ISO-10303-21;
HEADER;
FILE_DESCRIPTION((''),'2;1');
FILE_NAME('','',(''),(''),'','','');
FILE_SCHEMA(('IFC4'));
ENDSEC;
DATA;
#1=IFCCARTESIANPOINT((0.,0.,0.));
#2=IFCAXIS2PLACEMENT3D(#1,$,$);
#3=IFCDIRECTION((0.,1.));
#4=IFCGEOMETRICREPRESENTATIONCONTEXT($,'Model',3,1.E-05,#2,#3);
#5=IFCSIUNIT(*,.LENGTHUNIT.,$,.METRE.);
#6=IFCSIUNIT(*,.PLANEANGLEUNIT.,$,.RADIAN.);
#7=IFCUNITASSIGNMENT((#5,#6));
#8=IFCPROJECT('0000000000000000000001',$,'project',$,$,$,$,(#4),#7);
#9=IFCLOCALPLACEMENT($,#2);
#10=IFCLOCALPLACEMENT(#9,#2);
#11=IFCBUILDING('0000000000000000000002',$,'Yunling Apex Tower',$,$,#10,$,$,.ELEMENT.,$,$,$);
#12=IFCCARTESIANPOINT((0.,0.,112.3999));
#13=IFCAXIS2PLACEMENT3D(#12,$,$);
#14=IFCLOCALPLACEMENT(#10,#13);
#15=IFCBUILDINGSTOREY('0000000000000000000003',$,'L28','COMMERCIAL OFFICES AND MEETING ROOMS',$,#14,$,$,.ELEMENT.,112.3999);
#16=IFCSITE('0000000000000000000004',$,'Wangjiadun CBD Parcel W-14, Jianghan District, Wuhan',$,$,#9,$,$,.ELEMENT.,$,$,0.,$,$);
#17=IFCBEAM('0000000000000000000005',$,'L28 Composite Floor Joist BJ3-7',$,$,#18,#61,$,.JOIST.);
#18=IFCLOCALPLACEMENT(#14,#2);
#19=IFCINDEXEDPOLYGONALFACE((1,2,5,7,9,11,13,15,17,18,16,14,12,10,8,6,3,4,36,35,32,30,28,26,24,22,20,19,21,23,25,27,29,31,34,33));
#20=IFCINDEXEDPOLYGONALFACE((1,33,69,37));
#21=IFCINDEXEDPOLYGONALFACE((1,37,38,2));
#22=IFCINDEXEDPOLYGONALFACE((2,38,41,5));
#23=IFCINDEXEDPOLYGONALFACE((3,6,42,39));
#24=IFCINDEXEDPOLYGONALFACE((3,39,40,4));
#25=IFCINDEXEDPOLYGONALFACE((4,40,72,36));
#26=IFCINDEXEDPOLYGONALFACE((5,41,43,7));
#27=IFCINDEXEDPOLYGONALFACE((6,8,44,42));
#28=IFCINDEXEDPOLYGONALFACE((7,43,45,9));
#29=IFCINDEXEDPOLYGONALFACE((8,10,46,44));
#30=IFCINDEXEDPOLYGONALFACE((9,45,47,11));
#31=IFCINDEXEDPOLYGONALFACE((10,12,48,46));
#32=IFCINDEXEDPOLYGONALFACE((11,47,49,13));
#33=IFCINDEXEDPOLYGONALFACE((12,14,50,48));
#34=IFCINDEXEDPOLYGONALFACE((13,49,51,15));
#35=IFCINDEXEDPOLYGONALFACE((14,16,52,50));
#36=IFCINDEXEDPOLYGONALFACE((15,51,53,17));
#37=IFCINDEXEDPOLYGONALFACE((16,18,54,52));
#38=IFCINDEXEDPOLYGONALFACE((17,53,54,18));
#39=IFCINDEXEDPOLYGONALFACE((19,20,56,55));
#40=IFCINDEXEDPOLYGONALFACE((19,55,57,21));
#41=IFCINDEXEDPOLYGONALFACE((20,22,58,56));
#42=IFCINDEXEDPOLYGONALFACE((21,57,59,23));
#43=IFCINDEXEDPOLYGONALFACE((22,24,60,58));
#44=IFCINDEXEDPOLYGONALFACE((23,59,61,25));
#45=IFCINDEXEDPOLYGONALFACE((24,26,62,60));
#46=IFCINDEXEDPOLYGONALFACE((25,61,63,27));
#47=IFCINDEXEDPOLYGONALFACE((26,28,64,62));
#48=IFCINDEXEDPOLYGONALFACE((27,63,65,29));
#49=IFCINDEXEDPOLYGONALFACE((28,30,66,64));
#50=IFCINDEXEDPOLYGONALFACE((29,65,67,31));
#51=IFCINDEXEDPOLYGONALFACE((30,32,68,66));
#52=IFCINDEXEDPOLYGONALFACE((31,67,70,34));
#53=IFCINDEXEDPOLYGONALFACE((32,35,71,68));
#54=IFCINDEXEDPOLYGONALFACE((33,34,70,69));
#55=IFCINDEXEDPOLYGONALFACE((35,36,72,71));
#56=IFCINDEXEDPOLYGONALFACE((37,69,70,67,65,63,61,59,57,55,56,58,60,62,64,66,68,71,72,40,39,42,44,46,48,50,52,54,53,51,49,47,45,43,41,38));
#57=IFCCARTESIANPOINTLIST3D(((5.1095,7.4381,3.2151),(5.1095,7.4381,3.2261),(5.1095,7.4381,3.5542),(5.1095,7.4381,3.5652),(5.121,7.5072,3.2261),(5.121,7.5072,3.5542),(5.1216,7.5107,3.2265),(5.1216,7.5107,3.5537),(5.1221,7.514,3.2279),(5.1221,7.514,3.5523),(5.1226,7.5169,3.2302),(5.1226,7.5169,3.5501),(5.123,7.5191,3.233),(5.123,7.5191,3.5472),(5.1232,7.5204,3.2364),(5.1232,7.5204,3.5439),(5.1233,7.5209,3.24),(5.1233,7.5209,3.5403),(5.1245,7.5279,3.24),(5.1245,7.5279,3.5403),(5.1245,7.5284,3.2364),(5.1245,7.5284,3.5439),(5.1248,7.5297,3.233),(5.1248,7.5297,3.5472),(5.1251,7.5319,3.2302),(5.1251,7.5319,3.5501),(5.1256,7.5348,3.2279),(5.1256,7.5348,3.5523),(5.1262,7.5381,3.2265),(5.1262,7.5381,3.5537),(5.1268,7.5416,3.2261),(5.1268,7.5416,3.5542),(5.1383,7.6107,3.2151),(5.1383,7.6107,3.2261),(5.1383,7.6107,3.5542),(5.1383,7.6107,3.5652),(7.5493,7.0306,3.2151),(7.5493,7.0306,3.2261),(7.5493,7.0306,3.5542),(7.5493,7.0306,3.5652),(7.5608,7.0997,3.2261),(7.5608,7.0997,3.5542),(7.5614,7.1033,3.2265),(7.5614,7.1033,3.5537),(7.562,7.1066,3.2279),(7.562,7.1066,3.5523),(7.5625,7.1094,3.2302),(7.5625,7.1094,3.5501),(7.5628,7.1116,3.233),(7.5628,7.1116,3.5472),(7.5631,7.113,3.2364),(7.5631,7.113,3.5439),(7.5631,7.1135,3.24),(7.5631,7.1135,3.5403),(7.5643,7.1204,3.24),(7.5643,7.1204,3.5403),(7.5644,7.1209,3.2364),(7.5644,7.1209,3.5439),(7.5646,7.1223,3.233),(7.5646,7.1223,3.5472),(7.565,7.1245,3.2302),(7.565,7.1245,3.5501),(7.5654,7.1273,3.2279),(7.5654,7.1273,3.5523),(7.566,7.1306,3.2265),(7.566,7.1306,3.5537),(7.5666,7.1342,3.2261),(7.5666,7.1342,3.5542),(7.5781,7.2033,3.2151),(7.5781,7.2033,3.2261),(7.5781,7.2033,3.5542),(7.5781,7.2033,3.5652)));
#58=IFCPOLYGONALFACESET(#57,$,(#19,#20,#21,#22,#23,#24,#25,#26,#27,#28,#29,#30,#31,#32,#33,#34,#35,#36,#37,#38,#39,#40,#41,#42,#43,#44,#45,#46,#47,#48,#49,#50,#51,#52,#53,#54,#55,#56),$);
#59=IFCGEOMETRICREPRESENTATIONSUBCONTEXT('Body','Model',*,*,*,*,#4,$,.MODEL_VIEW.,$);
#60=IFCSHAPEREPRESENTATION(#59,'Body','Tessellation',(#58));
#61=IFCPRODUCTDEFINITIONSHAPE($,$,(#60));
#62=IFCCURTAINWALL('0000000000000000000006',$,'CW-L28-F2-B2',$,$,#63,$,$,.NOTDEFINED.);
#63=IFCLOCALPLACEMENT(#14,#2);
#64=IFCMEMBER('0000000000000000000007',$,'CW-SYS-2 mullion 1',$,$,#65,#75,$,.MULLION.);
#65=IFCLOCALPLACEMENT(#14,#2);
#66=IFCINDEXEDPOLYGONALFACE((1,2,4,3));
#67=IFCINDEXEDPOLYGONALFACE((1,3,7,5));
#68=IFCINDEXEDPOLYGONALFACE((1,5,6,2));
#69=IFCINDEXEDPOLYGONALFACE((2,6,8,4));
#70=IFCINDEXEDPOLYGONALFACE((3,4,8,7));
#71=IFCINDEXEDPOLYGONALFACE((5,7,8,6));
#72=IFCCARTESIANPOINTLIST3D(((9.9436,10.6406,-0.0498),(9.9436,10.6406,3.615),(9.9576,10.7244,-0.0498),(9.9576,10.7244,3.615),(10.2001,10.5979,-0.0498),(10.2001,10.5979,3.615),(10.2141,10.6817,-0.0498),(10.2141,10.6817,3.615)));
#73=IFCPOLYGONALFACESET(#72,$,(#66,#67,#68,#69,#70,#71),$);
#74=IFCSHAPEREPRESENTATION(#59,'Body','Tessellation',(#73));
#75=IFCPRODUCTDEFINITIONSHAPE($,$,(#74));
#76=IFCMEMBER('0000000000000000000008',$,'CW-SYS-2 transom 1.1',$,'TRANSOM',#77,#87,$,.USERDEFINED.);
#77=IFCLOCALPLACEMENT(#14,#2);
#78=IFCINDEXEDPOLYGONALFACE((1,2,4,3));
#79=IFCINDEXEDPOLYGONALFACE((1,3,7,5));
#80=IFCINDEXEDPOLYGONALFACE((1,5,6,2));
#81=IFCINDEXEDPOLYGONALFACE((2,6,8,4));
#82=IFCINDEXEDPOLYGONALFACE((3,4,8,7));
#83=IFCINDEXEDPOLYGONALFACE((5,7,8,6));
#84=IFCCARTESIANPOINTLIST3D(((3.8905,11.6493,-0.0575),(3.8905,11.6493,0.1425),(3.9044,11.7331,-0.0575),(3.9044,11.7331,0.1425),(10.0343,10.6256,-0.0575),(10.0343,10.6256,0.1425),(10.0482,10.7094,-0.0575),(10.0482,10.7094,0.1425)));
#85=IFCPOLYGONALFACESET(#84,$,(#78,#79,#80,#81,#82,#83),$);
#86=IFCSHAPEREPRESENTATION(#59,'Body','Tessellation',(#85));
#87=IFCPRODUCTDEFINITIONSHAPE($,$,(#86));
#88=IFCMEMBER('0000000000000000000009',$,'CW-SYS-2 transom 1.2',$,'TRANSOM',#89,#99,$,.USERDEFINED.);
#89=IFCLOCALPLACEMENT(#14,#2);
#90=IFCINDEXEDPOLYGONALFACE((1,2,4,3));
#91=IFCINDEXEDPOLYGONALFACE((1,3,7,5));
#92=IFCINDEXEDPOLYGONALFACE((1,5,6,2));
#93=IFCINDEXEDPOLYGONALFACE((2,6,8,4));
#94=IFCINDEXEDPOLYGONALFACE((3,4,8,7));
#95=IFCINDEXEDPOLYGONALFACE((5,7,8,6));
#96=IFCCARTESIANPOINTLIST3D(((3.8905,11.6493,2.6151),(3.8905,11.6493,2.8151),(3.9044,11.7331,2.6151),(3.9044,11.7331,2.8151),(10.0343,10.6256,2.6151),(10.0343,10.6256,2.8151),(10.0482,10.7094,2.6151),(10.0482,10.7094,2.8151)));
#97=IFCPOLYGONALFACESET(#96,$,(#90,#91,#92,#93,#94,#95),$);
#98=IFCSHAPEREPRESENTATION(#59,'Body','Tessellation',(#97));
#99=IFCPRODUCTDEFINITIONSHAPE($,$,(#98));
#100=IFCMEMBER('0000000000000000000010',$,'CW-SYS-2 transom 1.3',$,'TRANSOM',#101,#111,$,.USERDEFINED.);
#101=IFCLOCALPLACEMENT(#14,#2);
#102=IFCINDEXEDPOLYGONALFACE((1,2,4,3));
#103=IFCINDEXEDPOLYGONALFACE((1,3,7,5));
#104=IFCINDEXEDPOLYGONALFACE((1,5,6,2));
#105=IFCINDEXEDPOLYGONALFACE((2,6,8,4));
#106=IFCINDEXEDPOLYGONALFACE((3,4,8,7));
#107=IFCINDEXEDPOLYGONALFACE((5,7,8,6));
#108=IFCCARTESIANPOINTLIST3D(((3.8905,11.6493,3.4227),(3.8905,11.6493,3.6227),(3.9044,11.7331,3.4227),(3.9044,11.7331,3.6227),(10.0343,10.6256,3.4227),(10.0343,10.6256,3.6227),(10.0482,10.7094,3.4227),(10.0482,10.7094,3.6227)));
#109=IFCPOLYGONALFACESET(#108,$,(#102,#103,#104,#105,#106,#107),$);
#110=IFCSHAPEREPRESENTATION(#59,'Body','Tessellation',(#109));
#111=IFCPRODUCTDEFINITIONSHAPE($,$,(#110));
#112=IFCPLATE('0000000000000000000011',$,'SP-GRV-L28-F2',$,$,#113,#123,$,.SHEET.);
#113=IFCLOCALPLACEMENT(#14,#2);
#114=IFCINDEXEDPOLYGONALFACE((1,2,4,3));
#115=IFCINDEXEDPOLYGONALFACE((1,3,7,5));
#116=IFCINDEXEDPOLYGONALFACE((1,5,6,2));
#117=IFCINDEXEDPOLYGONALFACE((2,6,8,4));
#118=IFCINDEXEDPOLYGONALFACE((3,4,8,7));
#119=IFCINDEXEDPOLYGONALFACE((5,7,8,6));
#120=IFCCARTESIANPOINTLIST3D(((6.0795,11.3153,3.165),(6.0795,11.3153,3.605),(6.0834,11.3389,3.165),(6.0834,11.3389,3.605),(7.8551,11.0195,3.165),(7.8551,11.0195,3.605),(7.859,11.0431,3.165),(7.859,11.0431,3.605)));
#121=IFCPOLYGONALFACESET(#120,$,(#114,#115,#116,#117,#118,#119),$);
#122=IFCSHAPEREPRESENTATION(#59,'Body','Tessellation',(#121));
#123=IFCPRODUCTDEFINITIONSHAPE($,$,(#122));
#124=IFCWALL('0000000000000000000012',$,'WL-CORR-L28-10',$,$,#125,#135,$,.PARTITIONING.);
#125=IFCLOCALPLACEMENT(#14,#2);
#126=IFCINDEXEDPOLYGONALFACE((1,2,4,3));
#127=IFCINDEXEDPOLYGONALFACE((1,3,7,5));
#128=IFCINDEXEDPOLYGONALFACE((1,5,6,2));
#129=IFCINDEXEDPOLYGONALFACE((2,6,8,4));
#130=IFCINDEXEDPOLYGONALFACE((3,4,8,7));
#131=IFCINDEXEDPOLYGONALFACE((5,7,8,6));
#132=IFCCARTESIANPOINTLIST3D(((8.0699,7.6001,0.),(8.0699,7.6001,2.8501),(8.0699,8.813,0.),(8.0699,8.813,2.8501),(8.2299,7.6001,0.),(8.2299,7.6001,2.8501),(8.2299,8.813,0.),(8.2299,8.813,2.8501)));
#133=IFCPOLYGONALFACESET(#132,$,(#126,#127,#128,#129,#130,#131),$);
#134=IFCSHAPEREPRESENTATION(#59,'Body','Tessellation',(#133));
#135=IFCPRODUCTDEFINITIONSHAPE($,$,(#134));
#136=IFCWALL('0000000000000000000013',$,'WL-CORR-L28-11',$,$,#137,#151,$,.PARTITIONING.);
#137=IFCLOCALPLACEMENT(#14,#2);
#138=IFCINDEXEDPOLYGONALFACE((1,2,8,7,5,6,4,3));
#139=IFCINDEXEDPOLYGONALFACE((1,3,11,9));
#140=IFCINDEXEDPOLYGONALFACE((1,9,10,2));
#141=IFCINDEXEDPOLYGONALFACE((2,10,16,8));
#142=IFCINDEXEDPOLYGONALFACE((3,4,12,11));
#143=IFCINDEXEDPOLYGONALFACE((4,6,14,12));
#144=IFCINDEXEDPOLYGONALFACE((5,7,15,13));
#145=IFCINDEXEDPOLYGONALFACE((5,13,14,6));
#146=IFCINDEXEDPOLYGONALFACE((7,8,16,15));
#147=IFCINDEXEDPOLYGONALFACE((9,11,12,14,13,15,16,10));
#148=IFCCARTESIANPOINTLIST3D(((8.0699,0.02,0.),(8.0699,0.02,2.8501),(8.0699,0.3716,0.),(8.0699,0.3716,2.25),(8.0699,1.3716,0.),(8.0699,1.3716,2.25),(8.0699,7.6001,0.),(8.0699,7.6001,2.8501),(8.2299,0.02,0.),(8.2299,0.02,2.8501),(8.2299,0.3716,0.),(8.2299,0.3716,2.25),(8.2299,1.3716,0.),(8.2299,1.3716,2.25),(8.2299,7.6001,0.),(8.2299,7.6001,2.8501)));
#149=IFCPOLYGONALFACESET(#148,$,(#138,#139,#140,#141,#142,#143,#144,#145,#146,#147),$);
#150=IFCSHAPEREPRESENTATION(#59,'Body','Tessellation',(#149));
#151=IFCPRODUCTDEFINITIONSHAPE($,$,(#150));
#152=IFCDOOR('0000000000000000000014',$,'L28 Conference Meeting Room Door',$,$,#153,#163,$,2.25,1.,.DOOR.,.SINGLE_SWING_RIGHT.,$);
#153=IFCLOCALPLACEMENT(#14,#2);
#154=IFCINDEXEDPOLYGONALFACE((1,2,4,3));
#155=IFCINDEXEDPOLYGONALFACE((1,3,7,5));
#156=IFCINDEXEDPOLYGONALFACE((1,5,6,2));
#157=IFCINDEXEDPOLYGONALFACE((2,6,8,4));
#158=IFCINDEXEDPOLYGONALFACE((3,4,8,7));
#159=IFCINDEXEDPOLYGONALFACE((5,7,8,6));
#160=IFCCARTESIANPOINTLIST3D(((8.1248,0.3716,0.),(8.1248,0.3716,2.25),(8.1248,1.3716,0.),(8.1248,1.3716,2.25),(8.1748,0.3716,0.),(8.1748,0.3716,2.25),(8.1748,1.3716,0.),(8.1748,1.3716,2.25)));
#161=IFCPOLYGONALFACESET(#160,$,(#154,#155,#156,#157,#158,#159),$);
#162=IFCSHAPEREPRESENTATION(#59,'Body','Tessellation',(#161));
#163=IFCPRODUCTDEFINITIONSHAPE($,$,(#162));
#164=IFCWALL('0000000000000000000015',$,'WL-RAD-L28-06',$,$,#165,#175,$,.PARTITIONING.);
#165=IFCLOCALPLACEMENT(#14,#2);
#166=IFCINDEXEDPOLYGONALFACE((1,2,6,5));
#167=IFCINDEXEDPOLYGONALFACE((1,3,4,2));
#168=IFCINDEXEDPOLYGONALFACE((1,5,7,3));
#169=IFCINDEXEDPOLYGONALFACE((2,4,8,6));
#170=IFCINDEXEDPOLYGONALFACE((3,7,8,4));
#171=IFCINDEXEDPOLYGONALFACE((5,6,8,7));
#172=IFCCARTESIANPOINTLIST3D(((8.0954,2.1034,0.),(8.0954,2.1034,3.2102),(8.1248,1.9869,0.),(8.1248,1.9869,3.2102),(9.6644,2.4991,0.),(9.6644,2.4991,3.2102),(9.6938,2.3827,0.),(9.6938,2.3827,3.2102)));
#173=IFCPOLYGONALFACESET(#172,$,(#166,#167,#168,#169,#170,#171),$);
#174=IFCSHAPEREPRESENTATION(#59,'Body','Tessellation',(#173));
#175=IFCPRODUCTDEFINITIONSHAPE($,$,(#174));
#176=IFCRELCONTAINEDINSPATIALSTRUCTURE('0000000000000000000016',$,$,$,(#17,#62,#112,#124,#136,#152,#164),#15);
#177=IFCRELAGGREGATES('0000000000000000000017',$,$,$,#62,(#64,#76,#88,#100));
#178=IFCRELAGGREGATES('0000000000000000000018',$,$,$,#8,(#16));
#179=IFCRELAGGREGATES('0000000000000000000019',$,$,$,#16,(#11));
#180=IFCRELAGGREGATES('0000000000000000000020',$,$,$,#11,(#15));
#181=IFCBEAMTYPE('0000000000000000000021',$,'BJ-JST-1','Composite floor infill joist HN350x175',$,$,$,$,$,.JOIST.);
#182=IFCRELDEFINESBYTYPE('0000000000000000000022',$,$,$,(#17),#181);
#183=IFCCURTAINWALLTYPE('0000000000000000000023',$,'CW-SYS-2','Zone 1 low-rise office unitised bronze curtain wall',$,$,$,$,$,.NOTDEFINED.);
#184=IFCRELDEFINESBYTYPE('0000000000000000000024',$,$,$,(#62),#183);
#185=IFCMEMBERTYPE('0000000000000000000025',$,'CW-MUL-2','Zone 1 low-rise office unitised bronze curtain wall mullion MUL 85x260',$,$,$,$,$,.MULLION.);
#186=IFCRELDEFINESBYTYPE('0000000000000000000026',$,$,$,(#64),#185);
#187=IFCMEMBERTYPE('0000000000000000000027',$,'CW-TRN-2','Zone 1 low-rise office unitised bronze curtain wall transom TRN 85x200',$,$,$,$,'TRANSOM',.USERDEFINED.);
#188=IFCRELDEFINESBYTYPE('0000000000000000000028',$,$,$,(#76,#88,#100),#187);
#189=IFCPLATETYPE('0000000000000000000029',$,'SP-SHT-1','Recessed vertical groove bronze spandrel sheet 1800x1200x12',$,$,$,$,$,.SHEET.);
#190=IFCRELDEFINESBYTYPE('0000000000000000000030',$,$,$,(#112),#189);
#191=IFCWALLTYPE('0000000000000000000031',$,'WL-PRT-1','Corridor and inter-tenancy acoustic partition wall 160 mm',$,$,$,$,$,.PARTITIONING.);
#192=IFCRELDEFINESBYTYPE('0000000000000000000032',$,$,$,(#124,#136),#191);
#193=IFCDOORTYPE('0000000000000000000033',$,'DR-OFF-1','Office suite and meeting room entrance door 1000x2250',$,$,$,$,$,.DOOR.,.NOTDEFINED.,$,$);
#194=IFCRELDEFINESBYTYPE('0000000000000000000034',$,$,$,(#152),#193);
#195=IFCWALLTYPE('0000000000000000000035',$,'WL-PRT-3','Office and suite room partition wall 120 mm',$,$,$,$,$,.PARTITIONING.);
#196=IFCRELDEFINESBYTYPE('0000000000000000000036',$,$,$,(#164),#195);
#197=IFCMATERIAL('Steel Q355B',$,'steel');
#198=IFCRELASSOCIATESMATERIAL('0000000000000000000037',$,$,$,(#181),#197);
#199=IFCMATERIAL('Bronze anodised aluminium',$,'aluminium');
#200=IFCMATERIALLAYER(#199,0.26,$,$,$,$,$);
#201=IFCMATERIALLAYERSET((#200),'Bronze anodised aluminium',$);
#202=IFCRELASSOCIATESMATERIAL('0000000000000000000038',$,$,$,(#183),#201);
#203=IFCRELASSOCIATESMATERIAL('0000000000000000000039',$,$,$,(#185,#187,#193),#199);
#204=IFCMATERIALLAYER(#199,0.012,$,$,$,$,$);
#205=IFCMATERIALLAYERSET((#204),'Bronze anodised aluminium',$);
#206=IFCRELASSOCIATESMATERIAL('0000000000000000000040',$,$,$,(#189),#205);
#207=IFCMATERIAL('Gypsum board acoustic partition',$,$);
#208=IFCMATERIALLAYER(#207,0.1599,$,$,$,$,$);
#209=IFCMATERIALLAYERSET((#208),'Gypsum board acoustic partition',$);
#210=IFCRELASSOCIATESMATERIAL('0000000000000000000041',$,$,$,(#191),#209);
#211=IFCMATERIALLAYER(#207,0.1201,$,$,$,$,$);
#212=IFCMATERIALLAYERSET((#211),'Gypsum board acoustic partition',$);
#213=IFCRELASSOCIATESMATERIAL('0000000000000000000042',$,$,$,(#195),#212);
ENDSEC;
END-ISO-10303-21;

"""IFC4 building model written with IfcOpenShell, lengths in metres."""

from ifc_helpers import new_model, si_unit, direction, frame, frame_2d, origin, origin_2d, place, context, subcontext, project, spatial, rectangle, i_section, extrude, source, transform, mapped, material, layer, layer_set, material_profile, profile_set, type_object, element, fill, aggregate, save


model = new_model("IFC4")

# Units and contexts
model_context = context("Model", 3, precision=1e-05, world=origin(), true_north=direction((0.0, 1.0)))
body_context = subcontext(model_context, "Body", "Model", "MODEL_VIEW")
ifc_project = project(units=[si_unit("LENGTHUNIT", "METRE"), si_unit("PLANEANGLEUNIT", "RADIAN")], contexts=[model_context])

# Site, building, storey
site_placement = place(None, origin())
site = spatial("IfcSite", under=ifc_project, at=site_placement, Name="Wangjiadun CBD Parcel W-14, Jianghan District, Wuhan", CompositionType="ELEMENT", RefElevation=0.0)
building_placement = place(site_placement, origin())
building = spatial("IfcBuilding", under=site, at=building_placement, Name="Yunling Apex Tower", CompositionType="ELEMENT")
storey_placement = place(building_placement, frame((0.0, 0.0, 112.3999)))
storey = spatial("IfcBuildingStorey", under=building, at=storey_placement, Name="L28", Description="COMMERCIAL OFFICES AND MEETING ROOMS", CompositionType="ELEMENT", Elevation=112.3999)

# Beam
ifc_material_1 = material(Name="Steel Q355B", Category="steel")
ifc_material_profile_1 = material_profile(ifc_material_1, i_section(OverallWidth=0.175, OverallDepth=0.3501, WebThickness=0.0071, FlangeThickness=0.011, FilletRadius=0.0139, at=origin_2d()))
ifc_profile_set_1 = profile_set([ifc_material_profile_1], Name="Steel Q355B")
beam_type_1 = type_object("IfcBeamType", Name="BJ-JST-1", Description="Composite floor infill joist HN350x175", PredefinedType="JOIST", material=ifc_profile_set_1)
shared_shape_1 = source(origin(), body_context, "Body", "SweptSolid", [
    extrude(i_section(OverallWidth=0.175, OverallDepth=0.3501, WebThickness=0.0071, FlangeThickness=0.011, FilletRadius=0.0139, at=origin_2d()), origin(), (0.0, 0.0, 1.0), 2.4736),
])
beam_1_placement = place(storey_placement, frame((7.5637, 7.1169, 3.3901), z_axis=(-0.986341, 0.164719, 0.0), x_axis=(-0.164719, -0.986341, 0.0)))
element("IfcBeam", 1, at=beam_1_placement, inside=storey, type_object=beam_type_1, Name="L28 Composite Floor Joist BJ3-7", PredefinedType="JOIST", context=body_context, shape_type="MappedRepresentation", body=[
    mapped(shared_shape_1, transform((0.0, 0.0, 0.0), scale=1.0)),
])

# Curtain wall, members
ifc_material_2 = material(Name="Bronze anodised aluminium", Category="aluminium")
ifc_layer_1 = layer(ifc_material_2, 0.26)
ifc_layer_set_1 = layer_set([ifc_layer_1], Name="Bronze anodised aluminium")
curtain_wall_type = type_object("IfcCurtainWallType", Name="CW-SYS-2", Description="Zone 1 low-rise office unitised bronze curtain wall", PredefinedType="NOTDEFINED", material=ifc_layer_set_1)
curtain_wall_placement = place(storey_placement, origin())
curtain_wall = element("IfcCurtainWall", 2, at=curtain_wall_placement, inside=storey, type_object=curtain_wall_type, Name="CW-L28-F2-B2", PredefinedType="NOTDEFINED")
ifc_material_profile_2 = material_profile(ifc_material_2, rectangle(XDim=0.085, YDim=0.26, at=origin_2d()))
ifc_profile_set_2 = profile_set([ifc_material_profile_2], Name="Bronze anodised aluminium")
member_type_1 = type_object("IfcMemberType", Name="CW-MUL-2", Description="Zone 1 low-rise office unitised bronze curtain wall mullion MUL 85x260", PredefinedType="MULLION", material=ifc_profile_set_2)
shared_shape_2 = source(origin(), body_context, "Body", "SweptSolid", [
    extrude(rectangle(XDim=0.085, YDim=0.26, at=origin_2d()), origin(), (0.0, 0.0, 1.0), 3.6648),
])
member_1_placement = place(storey_placement, frame((10.0789, 10.6611, -0.0498), z_axis=(0.0, 0.0, 1.0), x_axis=(-0.164356, -0.986401, 0.0)))
member_1 = element("IfcMember", 3, at=member_1_placement, type_object=member_type_1, Name="CW-SYS-2 mullion 1", PredefinedType="MULLION", context=body_context, shape_type="MappedRepresentation", body=[
    mapped(shared_shape_2, transform((0.0, 0.0, 0.0), scale=1.0)),
])
ifc_material_profile_3 = material_profile(ifc_material_2, rectangle(XDim=0.085, YDim=0.2, at=origin_2d()))
ifc_profile_set_3 = profile_set([ifc_material_profile_3], Name="Bronze anodised aluminium")
member_type_2 = type_object("IfcMemberType", Name="CW-TRN-2", Description="Zone 1 low-rise office unitised bronze curtain wall transom TRN 85x200", ElementType="TRANSOM", PredefinedType="USERDEFINED", material=ifc_profile_set_3)
shared_shape_3 = source(origin(), body_context, "Body", "SweptSolid", [
    extrude(rectangle(XDim=0.085, YDim=0.2, at=origin_2d()), origin(), (0.0, 0.0, 1.0), 6.2285),
])
member_2_placement = place(storey_placement, frame((10.0413, 10.6675, 0.0425), z_axis=(-0.986401, 0.164354, 0.0), x_axis=(-0.164354, -0.986401, 0.0)))
member_2 = element("IfcMember", 4, at=member_2_placement, type_object=member_type_2, Name="CW-SYS-2 transom 1.1", ObjectType="TRANSOM", PredefinedType="USERDEFINED", context=body_context, shape_type="MappedRepresentation", body=[
    mapped(shared_shape_3, transform((0.0, 0.0, 0.0), scale=1.0)),
])
member_3_placement = place(storey_placement, frame((10.0413, 10.6675, 2.7151), z_axis=(-0.986401, 0.164354, 0.0), x_axis=(-0.164354, -0.986401, 0.0)))
member_3 = element("IfcMember", 5, at=member_3_placement, type_object=member_type_2, Name="CW-SYS-2 transom 1.2", ObjectType="TRANSOM", PredefinedType="USERDEFINED", context=body_context, shape_type="MappedRepresentation", body=[
    mapped(shared_shape_3, transform((0.0, 0.0, 0.0), scale=1.0)),
])
member_4_placement = place(storey_placement, frame((10.0413, 10.6675, 3.5227), z_axis=(-0.986401, 0.164354, 0.0), x_axis=(-0.164354, -0.986401, 0.0)))
member_4 = element("IfcMember", 6, at=member_4_placement, type_object=member_type_2, Name="CW-SYS-2 transom 1.3", ObjectType="TRANSOM", PredefinedType="USERDEFINED", context=body_context, shape_type="MappedRepresentation", body=[
    mapped(shared_shape_3, transform((0.0, 0.0, 0.0), scale=1.0)),
])
aggregate(curtain_wall, [member_1, member_2, member_3, member_4])

# Plate
ifc_layer_2 = layer(ifc_material_2, 0.012)
ifc_layer_set_2 = layer_set([ifc_layer_2], Name="Bronze anodised aluminium")
plate_type = type_object("IfcPlateType", Name="SP-SHT-1", Description="Recessed vertical groove bronze spandrel sheet 1800x1200x12", PredefinedType="SHEET", material=ifc_layer_set_2)
shared_shape_4 = source(origin(), body_context, "Body", "SweptSolid", [
    extrude(rectangle(XDim=1.8, YDim=0.0239, at=origin_2d()), origin(), (0.0, 0.0, 1.0), 0.4399),
])
plate_placement = place(storey_placement, frame((6.9692, 11.1792, 3.165), z_axis=(0.0, 0.0, 1.0), x_axis=(-0.986401, 0.164359, 0.0)))
element("IfcPlate", 7, at=plate_placement, inside=storey, type_object=plate_type, Name="SP-GRV-L28-F2", PredefinedType="SHEET", context=body_context, shape_type="MappedRepresentation", body=[
    mapped(shared_shape_4, transform((0.0, 0.0, 0.0), scale=1.0)),
])

# Wall
ifc_material_3 = material(Name="Gypsum board acoustic partition")
ifc_layer_3 = layer(ifc_material_3, 0.1599)
ifc_layer_set_3 = layer_set([ifc_layer_3], Name="Gypsum board acoustic partition")
wall_type_1 = type_object("IfcWallType", Name="WL-PRT-1", Description="Corridor and inter-tenancy acoustic partition wall 160 mm", PredefinedType="PARTITIONING", material=ifc_layer_set_3)
wall_1_placement = place(storey_placement, frame((8.1499, 8.813, 0.0), z_axis=(0.0, 0.0, 1.0), x_axis=(0.0, -1.0, 0.0)))
element("IfcWall", 8, at=wall_1_placement, inside=storey, type_object=wall_type_1, Name="WL-CORR-L28-10", PredefinedType="PARTITIONING", context=body_context, shape_type="SweptSolid", body=[
    extrude(rectangle(XDim=1.2129, YDim=0.1599, at=frame_2d((0.6064, 0.0))), origin(), (0.0, 0.0, 1.0), 2.8501),
])

# Wall, opening, door
wall_2_placement = place(storey_placement, frame((8.1499, 7.6001, 0.0), z_axis=(0.0, 0.0, 1.0), x_axis=(0.0, -1.0, 0.0)))
wall_2 = element("IfcWall", 9, at=wall_2_placement, inside=storey, type_object=wall_type_1, Name="WL-CORR-L28-11", PredefinedType="PARTITIONING", context=body_context, shape_type="SweptSolid", body=[
    extrude(rectangle(XDim=7.5801, YDim=0.1599, at=frame_2d((3.79, 0.0))), origin(), (0.0, 0.0, 1.0), 2.8501),
])
opening_placement = place(wall_2_placement, frame((6.2285, 0.0, 0.0)))
opening = element("IfcOpeningElement", 10, at=opening_placement, cuts=wall_2, PredefinedType="OPENING", context=body_context, shape_type="SweptSolid", body=[
    extrude(rectangle(XDim=1.0, YDim=2.25, at=frame_2d((0.5, 1.125))), frame((0.0, 0.0898, 0.0), z_axis=(0.0, -1.0, 0.0), x_axis=(1.0, 0.0, 0.0)), (0.0, 0.0, 1.0), 0.1799),
])
door_type = type_object("IfcDoorType", Name="DR-OFF-1", Description="Office suite and meeting room entrance door 1000x2250", OperationType="NOTDEFINED", PredefinedType="DOOR", material=ifc_material_2)
door_placement = place(opening_placement, origin())
door = element("IfcDoor", 11, at=door_placement, inside=storey, type_object=door_type, Name="L28 Conference Meeting Room Door", OperationType="SINGLE_SWING_RIGHT", OverallHeight=2.25, OverallWidth=1.0, PredefinedType="DOOR", context=body_context, shape_type="SweptSolid", body=[
    extrude(rectangle(XDim=1.0, YDim=2.25, at=frame_2d((0.5, 1.125))), frame((0.0, 0.0249, 0.0), z_axis=(0.0, -1.0, 0.0), x_axis=(1.0, 0.0, 0.0)), (0.0, 0.0, 1.0), 0.05),
])
fill(opening, door)

# Wall
ifc_layer_4 = layer(ifc_material_3, 0.1201)
ifc_layer_set_4 = layer_set([ifc_layer_4], Name="Gypsum board acoustic partition")
wall_type_2 = type_object("IfcWallType", Name="WL-PRT-3", Description="Office and suite room partition wall 120 mm", PredefinedType="PARTITIONING", material=ifc_layer_set_4)
wall_3_placement = place(storey_placement, frame((8.1101, 2.0452, 0.0), z_axis=(0.0, 0.0, 1.0), x_axis=(0.969635, 0.244559, 0.0)))
element("IfcWall", 12, at=wall_3_placement, inside=storey, type_object=wall_type_2, Name="WL-RAD-L28-06", PredefinedType="PARTITIONING", context=body_context, shape_type="SweptSolid", body=[
    extrude(rectangle(XDim=1.6182, YDim=0.1201, at=frame_2d((0.8091, 0.0))), origin(), (0.0, 0.0, 1.0), 3.2102),
])

save(model, "model.ifc")
